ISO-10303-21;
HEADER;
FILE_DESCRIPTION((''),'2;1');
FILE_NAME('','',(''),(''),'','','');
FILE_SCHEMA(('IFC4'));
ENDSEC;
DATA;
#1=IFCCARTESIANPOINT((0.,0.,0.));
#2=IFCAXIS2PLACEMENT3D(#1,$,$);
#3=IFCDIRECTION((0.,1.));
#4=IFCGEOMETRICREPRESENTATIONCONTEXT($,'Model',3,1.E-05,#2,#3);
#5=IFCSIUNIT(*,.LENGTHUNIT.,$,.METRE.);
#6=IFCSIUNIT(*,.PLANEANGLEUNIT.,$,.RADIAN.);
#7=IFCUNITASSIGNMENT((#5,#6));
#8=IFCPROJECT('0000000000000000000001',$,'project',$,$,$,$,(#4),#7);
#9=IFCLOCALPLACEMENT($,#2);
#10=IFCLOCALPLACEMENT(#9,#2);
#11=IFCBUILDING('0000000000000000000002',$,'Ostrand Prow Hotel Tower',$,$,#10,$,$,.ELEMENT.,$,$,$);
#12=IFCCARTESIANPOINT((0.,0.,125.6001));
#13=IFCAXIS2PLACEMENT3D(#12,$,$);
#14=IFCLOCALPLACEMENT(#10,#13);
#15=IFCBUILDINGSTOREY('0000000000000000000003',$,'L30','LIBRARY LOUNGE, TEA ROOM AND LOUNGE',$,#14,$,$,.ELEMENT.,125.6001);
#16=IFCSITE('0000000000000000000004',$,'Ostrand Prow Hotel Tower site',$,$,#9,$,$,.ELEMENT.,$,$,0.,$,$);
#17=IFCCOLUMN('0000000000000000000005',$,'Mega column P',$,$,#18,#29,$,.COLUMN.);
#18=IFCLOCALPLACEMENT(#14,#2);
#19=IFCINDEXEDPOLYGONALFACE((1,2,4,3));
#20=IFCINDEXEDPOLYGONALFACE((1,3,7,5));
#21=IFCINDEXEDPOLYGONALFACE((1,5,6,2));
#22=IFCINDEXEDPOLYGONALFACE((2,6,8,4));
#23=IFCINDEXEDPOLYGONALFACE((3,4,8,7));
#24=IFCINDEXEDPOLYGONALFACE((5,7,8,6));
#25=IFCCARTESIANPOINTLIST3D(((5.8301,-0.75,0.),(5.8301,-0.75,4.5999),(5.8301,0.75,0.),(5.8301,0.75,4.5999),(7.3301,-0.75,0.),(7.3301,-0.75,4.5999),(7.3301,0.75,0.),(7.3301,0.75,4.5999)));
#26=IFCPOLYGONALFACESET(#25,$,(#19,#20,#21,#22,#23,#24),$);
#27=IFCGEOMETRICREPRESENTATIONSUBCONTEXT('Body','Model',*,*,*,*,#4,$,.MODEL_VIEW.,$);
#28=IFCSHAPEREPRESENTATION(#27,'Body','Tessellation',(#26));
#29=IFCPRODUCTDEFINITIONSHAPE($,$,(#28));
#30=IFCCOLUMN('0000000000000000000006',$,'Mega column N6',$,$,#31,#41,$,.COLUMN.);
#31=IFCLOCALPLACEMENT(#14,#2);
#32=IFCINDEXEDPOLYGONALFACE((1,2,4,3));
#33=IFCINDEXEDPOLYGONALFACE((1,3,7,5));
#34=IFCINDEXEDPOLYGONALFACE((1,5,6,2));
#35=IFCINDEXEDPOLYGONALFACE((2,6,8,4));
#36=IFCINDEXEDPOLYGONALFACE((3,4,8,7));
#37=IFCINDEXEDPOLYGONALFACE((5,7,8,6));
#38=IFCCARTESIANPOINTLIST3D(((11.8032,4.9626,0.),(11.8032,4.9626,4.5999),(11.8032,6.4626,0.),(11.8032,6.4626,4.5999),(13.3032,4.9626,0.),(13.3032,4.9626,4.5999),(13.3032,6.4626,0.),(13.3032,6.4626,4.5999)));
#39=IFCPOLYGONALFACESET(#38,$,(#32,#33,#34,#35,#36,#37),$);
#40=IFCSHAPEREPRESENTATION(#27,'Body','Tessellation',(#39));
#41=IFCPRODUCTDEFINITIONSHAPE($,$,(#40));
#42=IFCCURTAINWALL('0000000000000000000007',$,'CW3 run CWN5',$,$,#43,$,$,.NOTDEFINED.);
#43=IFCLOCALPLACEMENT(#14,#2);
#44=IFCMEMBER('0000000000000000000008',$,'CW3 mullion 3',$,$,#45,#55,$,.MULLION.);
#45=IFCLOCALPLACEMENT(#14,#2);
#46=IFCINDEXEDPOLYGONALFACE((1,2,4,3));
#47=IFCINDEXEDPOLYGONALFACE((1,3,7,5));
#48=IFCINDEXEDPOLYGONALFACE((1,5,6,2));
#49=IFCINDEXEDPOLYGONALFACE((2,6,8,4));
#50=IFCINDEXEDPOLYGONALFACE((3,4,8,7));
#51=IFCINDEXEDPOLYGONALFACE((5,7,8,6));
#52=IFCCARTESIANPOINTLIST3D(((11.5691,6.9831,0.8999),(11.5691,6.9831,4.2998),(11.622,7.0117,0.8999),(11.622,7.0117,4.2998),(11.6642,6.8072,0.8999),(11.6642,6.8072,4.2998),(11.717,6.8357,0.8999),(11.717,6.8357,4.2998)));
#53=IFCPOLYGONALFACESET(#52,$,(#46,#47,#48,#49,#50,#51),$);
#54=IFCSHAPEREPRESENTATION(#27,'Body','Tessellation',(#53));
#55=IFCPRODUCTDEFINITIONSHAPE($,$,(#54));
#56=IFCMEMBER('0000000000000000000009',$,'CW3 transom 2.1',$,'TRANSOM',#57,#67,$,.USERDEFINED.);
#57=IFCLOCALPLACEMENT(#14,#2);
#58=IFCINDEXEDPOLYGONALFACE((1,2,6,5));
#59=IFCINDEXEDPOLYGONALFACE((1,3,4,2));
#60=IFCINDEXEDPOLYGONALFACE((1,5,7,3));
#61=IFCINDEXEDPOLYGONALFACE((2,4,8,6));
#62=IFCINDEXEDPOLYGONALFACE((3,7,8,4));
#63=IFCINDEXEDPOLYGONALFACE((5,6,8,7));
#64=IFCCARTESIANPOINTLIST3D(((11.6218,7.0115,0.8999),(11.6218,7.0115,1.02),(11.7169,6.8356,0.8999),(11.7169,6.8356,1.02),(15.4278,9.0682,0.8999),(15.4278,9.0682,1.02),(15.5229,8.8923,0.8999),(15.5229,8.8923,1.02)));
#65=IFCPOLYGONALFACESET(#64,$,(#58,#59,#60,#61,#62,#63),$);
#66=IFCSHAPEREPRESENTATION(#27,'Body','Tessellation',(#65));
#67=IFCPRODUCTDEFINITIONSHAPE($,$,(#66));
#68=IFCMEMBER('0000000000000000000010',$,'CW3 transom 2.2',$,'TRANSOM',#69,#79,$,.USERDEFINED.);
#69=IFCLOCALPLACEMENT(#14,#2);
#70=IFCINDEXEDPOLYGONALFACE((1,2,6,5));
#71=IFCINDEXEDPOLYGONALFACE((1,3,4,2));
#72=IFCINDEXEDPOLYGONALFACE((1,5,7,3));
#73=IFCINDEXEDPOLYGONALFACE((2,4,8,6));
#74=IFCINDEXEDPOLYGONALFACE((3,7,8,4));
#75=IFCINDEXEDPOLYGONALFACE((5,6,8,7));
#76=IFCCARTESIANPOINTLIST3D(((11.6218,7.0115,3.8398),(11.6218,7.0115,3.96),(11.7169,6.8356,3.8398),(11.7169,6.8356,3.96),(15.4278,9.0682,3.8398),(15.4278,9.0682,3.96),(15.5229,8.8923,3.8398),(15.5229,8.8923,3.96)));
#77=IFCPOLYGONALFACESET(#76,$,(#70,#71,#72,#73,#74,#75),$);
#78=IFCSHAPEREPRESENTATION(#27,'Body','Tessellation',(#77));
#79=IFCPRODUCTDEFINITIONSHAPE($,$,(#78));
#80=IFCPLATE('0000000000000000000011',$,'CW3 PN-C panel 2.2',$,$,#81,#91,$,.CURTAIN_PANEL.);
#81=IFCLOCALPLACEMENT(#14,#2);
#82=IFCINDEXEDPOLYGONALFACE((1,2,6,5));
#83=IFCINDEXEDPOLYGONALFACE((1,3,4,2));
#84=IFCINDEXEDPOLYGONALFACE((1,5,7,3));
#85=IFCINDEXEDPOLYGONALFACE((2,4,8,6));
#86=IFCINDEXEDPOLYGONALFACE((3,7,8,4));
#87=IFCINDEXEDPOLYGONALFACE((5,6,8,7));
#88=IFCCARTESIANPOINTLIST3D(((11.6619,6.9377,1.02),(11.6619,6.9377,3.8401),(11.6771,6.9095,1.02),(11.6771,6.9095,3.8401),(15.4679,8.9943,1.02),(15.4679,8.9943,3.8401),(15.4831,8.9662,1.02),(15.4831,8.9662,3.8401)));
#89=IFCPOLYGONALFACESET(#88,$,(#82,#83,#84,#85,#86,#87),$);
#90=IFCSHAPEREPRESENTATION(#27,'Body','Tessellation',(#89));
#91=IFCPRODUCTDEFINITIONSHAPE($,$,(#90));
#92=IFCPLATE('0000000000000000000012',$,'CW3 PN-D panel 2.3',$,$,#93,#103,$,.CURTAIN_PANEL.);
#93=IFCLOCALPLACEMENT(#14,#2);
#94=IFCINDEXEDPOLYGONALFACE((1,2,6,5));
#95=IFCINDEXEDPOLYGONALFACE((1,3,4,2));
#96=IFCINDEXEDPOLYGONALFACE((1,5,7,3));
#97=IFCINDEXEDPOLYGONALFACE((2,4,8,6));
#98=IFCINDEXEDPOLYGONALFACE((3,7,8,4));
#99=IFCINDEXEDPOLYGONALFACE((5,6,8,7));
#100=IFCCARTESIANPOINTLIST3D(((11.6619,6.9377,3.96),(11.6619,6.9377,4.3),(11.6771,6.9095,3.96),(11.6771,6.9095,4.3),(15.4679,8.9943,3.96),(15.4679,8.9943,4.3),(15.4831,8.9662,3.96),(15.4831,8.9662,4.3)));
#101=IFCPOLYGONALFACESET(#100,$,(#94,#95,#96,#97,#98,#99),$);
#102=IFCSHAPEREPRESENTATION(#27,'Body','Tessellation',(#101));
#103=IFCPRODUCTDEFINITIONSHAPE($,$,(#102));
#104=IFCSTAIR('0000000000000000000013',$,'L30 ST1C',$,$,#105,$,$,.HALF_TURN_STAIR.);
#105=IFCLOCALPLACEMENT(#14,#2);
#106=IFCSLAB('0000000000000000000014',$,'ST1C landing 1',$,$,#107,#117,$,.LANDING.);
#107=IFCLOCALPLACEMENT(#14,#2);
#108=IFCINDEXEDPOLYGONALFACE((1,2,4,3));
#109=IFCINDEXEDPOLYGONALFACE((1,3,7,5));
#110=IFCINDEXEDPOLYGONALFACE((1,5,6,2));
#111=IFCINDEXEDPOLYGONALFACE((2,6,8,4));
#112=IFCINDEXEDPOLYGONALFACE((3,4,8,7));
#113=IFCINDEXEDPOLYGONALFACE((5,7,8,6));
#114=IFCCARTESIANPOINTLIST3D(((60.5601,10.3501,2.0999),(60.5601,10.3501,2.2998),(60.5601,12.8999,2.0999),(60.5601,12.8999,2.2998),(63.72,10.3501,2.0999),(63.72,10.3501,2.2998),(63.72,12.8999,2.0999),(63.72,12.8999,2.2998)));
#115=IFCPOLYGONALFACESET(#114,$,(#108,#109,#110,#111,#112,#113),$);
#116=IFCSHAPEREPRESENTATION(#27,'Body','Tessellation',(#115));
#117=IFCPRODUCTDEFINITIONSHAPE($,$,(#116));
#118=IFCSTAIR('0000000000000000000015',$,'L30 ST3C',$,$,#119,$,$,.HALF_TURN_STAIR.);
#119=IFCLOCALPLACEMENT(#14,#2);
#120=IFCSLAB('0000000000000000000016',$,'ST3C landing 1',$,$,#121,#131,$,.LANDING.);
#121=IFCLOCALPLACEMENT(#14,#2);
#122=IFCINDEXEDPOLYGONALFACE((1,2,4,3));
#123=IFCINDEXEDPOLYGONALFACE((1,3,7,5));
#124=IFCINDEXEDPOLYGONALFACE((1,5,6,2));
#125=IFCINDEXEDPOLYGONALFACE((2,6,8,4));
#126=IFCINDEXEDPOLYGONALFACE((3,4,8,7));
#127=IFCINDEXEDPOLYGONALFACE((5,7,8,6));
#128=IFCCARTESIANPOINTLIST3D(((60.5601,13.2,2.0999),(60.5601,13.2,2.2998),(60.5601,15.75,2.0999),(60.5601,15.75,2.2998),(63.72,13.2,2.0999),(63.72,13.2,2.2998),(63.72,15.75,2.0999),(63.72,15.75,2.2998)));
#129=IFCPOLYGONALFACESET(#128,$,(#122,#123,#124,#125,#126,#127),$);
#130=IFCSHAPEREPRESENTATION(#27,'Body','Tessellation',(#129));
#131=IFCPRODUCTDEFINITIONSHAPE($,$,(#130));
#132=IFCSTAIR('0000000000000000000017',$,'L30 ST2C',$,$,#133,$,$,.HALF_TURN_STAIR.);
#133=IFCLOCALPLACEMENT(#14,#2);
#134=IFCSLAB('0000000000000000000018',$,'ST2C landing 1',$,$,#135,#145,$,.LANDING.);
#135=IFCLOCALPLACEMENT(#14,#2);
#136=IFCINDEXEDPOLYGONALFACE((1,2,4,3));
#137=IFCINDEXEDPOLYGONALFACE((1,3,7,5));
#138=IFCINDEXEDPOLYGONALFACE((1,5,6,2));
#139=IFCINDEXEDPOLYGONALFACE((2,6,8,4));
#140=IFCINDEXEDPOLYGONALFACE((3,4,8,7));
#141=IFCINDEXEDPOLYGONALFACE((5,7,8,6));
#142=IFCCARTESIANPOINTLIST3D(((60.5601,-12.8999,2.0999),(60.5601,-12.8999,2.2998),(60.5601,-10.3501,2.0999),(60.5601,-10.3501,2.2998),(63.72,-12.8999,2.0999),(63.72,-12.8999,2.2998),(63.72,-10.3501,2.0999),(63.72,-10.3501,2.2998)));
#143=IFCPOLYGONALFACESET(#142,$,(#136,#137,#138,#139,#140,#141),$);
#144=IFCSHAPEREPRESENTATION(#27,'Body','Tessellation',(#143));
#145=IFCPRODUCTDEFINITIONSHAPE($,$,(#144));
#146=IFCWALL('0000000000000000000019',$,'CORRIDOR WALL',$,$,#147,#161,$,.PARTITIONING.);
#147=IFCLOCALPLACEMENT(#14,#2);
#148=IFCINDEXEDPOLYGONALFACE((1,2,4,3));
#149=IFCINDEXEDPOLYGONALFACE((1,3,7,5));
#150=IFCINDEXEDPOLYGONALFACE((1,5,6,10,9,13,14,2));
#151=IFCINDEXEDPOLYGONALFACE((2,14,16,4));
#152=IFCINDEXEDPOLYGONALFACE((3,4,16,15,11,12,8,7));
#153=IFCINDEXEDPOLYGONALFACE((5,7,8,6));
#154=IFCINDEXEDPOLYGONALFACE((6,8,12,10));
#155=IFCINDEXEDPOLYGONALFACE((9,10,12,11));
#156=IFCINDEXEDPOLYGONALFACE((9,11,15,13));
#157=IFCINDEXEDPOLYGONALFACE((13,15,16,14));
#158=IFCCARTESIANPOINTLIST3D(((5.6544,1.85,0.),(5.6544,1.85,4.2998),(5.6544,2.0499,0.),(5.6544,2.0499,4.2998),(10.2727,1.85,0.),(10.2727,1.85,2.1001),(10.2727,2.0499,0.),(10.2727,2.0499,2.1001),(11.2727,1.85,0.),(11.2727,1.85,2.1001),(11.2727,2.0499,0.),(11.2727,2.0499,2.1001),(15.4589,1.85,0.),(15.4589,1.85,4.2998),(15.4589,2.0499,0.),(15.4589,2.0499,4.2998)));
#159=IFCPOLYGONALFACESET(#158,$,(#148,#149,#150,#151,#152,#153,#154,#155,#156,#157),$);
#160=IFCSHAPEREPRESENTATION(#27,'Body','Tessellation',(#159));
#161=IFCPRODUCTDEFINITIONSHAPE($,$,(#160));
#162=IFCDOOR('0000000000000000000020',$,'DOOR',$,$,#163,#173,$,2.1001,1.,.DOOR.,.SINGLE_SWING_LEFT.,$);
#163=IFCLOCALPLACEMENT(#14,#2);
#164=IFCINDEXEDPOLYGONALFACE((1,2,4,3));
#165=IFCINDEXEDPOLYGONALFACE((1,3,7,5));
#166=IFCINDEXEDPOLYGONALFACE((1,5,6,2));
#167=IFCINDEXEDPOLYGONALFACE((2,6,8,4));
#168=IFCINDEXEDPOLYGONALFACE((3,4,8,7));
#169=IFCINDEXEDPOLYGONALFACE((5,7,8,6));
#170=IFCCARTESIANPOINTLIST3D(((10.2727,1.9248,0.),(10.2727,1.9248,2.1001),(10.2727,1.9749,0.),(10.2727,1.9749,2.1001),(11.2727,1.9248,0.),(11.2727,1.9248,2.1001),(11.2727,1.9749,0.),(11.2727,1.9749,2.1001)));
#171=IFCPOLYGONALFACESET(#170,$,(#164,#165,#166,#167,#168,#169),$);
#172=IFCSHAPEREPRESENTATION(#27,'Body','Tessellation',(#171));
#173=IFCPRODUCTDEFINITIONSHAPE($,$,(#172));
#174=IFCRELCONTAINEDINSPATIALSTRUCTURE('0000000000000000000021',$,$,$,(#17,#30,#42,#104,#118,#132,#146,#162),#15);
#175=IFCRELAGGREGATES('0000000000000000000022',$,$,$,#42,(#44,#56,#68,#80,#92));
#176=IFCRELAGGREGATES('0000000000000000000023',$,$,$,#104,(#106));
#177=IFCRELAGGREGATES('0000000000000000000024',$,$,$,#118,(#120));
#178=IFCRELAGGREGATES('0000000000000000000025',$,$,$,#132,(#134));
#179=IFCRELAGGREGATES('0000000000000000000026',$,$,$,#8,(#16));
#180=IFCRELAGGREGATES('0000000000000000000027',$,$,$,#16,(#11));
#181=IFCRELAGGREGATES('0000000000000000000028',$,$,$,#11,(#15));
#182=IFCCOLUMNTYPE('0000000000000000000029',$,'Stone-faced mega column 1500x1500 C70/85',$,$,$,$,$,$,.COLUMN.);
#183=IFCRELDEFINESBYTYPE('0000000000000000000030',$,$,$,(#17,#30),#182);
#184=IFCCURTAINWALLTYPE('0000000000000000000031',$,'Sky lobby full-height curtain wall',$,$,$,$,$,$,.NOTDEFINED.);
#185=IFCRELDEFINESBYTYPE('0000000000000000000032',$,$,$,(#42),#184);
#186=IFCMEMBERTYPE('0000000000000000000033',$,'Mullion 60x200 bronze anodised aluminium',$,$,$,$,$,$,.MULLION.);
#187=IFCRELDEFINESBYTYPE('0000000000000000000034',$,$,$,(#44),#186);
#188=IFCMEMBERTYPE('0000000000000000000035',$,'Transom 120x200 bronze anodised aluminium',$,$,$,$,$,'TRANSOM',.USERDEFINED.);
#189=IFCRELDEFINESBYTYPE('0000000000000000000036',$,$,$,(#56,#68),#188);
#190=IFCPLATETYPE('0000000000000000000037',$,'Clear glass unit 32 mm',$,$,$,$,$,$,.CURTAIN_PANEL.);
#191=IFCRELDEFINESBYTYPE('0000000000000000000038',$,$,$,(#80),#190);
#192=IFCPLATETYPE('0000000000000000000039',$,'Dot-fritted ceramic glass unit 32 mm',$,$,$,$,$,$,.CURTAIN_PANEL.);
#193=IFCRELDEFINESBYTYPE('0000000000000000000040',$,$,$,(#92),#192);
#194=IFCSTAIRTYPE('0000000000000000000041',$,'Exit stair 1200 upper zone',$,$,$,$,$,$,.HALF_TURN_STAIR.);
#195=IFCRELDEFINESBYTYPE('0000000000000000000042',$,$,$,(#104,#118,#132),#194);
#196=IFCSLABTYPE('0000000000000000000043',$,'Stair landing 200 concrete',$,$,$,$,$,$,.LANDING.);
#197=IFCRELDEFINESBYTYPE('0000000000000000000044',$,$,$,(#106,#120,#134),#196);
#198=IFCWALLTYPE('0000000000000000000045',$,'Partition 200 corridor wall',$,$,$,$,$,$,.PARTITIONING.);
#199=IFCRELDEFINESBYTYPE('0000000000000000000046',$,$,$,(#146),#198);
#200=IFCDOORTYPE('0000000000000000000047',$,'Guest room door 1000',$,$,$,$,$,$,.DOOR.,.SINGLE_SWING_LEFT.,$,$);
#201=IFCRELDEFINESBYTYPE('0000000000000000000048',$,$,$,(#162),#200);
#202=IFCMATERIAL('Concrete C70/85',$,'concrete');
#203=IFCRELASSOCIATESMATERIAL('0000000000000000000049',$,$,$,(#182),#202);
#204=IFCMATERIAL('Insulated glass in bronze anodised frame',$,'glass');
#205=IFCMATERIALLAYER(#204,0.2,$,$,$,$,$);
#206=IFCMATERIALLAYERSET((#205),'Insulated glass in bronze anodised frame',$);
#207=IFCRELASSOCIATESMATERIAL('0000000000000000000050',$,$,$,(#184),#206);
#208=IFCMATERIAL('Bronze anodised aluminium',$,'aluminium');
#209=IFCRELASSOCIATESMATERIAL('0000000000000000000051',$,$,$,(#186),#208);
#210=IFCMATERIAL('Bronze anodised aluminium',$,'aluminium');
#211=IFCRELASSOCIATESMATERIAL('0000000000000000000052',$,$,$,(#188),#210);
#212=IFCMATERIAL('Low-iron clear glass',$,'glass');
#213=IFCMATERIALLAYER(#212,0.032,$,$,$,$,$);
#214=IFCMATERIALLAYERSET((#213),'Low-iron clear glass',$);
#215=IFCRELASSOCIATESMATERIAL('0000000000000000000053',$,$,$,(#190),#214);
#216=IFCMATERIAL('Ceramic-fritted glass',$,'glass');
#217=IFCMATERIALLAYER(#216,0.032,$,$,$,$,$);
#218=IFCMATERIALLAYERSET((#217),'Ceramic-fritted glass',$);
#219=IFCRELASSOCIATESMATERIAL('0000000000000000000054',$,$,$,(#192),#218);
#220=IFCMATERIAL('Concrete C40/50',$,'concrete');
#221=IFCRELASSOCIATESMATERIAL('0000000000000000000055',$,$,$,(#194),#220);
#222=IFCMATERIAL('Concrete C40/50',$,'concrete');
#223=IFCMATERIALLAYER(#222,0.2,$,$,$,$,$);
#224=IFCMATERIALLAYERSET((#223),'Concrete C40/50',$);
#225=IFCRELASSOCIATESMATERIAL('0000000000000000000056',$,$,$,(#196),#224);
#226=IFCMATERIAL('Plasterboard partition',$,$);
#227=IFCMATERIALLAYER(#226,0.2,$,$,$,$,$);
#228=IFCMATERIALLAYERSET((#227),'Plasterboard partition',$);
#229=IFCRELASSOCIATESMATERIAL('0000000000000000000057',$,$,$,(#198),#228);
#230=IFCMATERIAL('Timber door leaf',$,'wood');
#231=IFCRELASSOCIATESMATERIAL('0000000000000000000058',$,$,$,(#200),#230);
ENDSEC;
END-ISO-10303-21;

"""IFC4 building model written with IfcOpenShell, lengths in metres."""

from ifc_helpers import new_model, si_unit, direction, frame, frame_2d, origin, origin_2d, place, context, subcontext, project, spatial, polyline, rectangle, outline, extrude, material, layer, layer_set, material_profile, profile_set, type_object, element, fill, aggregate, save


model = new_model("IFC4")

# Units and contexts
model_context = context("Model", 3, precision=1e-05, world=origin(), true_north=direction((0.0, 1.0)))
body_context = subcontext(model_context, "Body", "Model", "MODEL_VIEW")
ifc_project = project(units=[si_unit("LENGTHUNIT", "METRE"), si_unit("PLANEANGLEUNIT", "RADIAN")], contexts=[model_context])

# Site, building, storey
site_placement = place(None, origin())
site = spatial("IfcSite", under=ifc_project, at=site_placement, Name="Ostrand Prow Hotel Tower site", CompositionType="ELEMENT", RefElevation=0.0)
building_placement = place(site_placement, origin())
building = spatial("IfcBuilding", under=site, at=building_placement, Name="Ostrand Prow Hotel Tower", CompositionType="ELEMENT")
storey_placement = place(building_placement, frame((0.0, 0.0, 125.6001)))
storey = spatial("IfcBuildingStorey", under=building, at=storey_placement, Name="L30", Description="LIBRARY LOUNGE, TEA ROOM AND LOUNGE", CompositionType="ELEMENT", Elevation=125.6001)

# Columns
ifc_material_1 = material(Name="Concrete C70/85", Category="concrete")
ifc_material_profile_1 = material_profile(ifc_material_1, rectangle(XDim=1.5, YDim=1.5, at=origin_2d()), Name="RC 1500x1500")
ifc_profile_set_1 = profile_set([ifc_material_profile_1], Name="Concrete C70/85")
column_type = type_object("IfcColumnType", Name="Stone-faced mega column 1500x1500 C70/85", PredefinedType="COLUMN", material=ifc_profile_set_1)
for number, where, z_axis, x_axis, name in (
    (1, (6.5801, 0.0, 0.0), (0.0, 0.0, 1.0), (1.0, 0.0, 0.0), "Mega column P"),
    (2, (12.5532, 5.7126, 0.0), (0.0, 0.0, 1.0), (1.0, 0.0, 0.0), "Mega column N6"),
):
    element("IfcColumn", number, at=place(storey_placement, frame(where, z_axis=z_axis, x_axis=x_axis)), inside=storey, type_object=column_type, Name=name, PredefinedType="COLUMN", context=body_context, shape_type="SweptSolid", body=[
        extrude(rectangle(XDim=1.5, YDim=1.5, at=origin_2d()), origin(), (0.0, 0.0, 1.0), 4.5999),
    ])

# Curtain wall, members, plates
ifc_material_2 = material(Name="Insulated glass in bronze anodised frame", Category="glass")
ifc_layer_1 = layer(ifc_material_2, 0.2)
ifc_layer_set_1 = layer_set([ifc_layer_1], Name="Insulated glass in bronze anodised frame")
curtain_wall_type = type_object("IfcCurtainWallType", Name="Sky lobby full-height curtain wall", PredefinedType="NOTDEFINED", material=ifc_layer_set_1)
curtain_wall_placement = place(storey_placement, origin())
curtain_wall = element("IfcCurtainWall", 3, at=curtain_wall_placement, inside=storey, type_object=curtain_wall_type, Name="CW3 run CWN5", PredefinedType="NOTDEFINED")
ifc_material_3 = material(Name="Bronze anodised aluminium", Category="aluminium")
ifc_material_profile_2 = material_profile(ifc_material_3, rectangle(XDim=0.2, YDim=0.0601, at=origin_2d()), Name="Mullion 60x200 bronze anodised aluminium")
ifc_profile_set_2 = profile_set([ifc_material_profile_2], Name="Bronze anodised aluminium")
member_type_1 = type_object("IfcMemberType", Name="Mullion 60x200 bronze anodised aluminium", PredefinedType="MULLION", material=ifc_profile_set_2)
member_1_placement = place(storey_placement, frame((11.6431, 6.9094, 0.8999), z_axis=(0.0, 0.0, 1.0), x_axis=(0.475394, -0.879773, 0.0)))
member_1 = element("IfcMember", 4, at=member_1_placement, type_object=member_type_1, Name="CW3 mullion 3", PredefinedType="MULLION", context=body_context, shape_type="SweptSolid", body=[
    extrude(rectangle(XDim=0.2, YDim=0.0601, at=origin_2d()), origin(), (0.0, 0.0, 1.0), 3.3999),
])
ifc_material_4 = material(Name="Bronze anodised aluminium", Category="aluminium")
ifc_material_profile_3 = material_profile(ifc_material_4, rectangle(XDim=0.2, YDim=0.1201, at=origin_2d()), Name="Transom 120x200 bronze anodised aluminium")
ifc_profile_set_3 = profile_set([ifc_material_profile_3], Name="Bronze anodised aluminium")
member_type_2 = type_object("IfcMemberType", Name="Transom 120x200 bronze anodised aluminium", ElementType="TRANSOM", PredefinedType="USERDEFINED", material=ifc_profile_set_3)
member_2_placement = place(storey_placement, frame((15.4753, 8.9802, 0.96), z_axis=(-0.879765, -0.475408, 0.0), x_axis=(0.475408, -0.879765, 0.0)))
member_2 = element("IfcMember", 5, at=member_2_placement, type_object=member_type_2, Name="CW3 transom 2.1", ObjectType="TRANSOM", PredefinedType="USERDEFINED", context=body_context, shape_type="SweptSolid", body=[
    extrude(rectangle(XDim=0.2, YDim=0.1201, at=origin_2d()), origin(), (0.0, 0.0, 1.0), 4.3262),
])
member_3_placement = place(storey_placement, frame((15.4753, 8.9802, 3.8999), z_axis=(-0.879765, -0.475408, 0.0), x_axis=(0.475408, -0.879765, 0.0)))
member_3 = element("IfcMember", 6, at=member_3_placement, type_object=member_type_2, Name="CW3 transom 2.2", ObjectType="TRANSOM", PredefinedType="USERDEFINED", context=body_context, shape_type="SweptSolid", body=[
    extrude(rectangle(XDim=0.2, YDim=0.1201, at=origin_2d()), origin(), (0.0, 0.0, 1.0), 4.3262),
])
ifc_material_5 = material(Name="Low-iron clear glass", Category="glass")
ifc_layer_2 = layer(ifc_material_5, 0.032)
ifc_layer_set_2 = layer_set([ifc_layer_2], Name="Low-iron clear glass")
plate_type_1 = type_object("IfcPlateType", Name="Clear glass unit 32 mm", PredefinedType="CURTAIN_PANEL", material=ifc_layer_set_2)
plate_1_placement = place(storey_placement, frame((13.5725, 7.9519, 1.02), z_axis=(0.0, 0.0, 1.0), x_axis=(-0.879773, -0.475394, 0.0)))
plate_1 = element("IfcPlate", 7, at=plate_1_placement, type_object=plate_type_1, Name="CW3 PN-C panel 2.2", PredefinedType="CURTAIN_PANEL", context=body_context, shape_type="SweptSolid", body=[
    extrude(rectangle(XDim=4.3262, YDim=0.032, at=origin_2d()), origin(), (0.0, 0.0, 1.0), 2.8201),
])
ifc_material_6 = material(Name="Ceramic-fritted glass", Category="glass")
ifc_layer_3 = layer(ifc_material_6, 0.032)
ifc_layer_set_3 = layer_set([ifc_layer_3], Name="Ceramic-fritted glass")
plate_type_2 = type_object("IfcPlateType", Name="Dot-fritted ceramic glass unit 32 mm", PredefinedType="CURTAIN_PANEL", material=ifc_layer_set_3)
plate_2_placement = place(storey_placement, frame((13.5725, 7.9519, 3.96), z_axis=(0.0, 0.0, 1.0), x_axis=(-0.879773, -0.475394, 0.0)))
plate_2 = element("IfcPlate", 8, at=plate_2_placement, type_object=plate_type_2, Name="CW3 PN-D panel 2.3", PredefinedType="CURTAIN_PANEL", context=body_context, shape_type="SweptSolid", body=[
    extrude(rectangle(XDim=4.3262, YDim=0.032, at=origin_2d()), origin(), (0.0, 0.0, 1.0), 0.3401),
])
aggregate(curtain_wall, [member_1, member_2, member_3, plate_1, plate_2])

# Stairs, slabs
ifc_material_7 = material(Name="Concrete C40/50", Category="concrete")
stair_type = type_object("IfcStairType", Name="Exit stair 1200 upper zone", PredefinedType="HALF_TURN_STAIR", material=ifc_material_7)
stair_1_placement = place(storey_placement, origin())
stair_1 = element("IfcStair", 9, at=stair_1_placement, inside=storey, type_object=stair_type, Name="L30 ST1C", PredefinedType="HALF_TURN_STAIR")
ifc_material_8 = material(Name="Concrete C40/50", Category="concrete")
ifc_layer_4 = layer(ifc_material_8, 0.2)
ifc_layer_set_4 = layer_set([ifc_layer_4], Name="Concrete C40/50")
slab_type = type_object("IfcSlabType", Name="Stair landing 200 concrete", PredefinedType="LANDING", material=ifc_layer_set_4)
slab_1_placement = place(storey_placement, frame((0.0, 0.0, 2.0999)))
slab_1 = element("IfcSlab", 10, at=slab_1_placement, type_object=slab_type, Name="ST1C landing 1", PredefinedType="LANDING", context=body_context, shape_type="SweptSolid", body=[
    extrude(outline(polyline([(60.5601, 10.3501), (63.72, 10.3501), (63.72, 12.8999), (60.5601, 12.8999), (60.5601, 10.3501)])), origin(), (0.0, 0.0, 1.0), 0.2),
])
aggregate(stair_1, [slab_1])
stair_2_placement = place(storey_placement, origin())
stair_2 = element("IfcStair", 11, at=stair_2_placement, inside=storey, type_object=stair_type, Name="L30 ST3C", PredefinedType="HALF_TURN_STAIR")
slab_2_placement = place(storey_placement, frame((0.0, 0.0, 2.0999)))
slab_2 = element("IfcSlab", 12, at=slab_2_placement, type_object=slab_type, Name="ST3C landing 1", PredefinedType="LANDING", context=body_context, shape_type="SweptSolid", body=[
    extrude(outline(polyline([(60.5601, 13.2), (63.72, 13.2), (63.72, 15.75), (60.5601, 15.75), (60.5601, 13.2)])), origin(), (0.0, 0.0, 1.0), 0.2),
])
aggregate(stair_2, [slab_2])
stair_3_placement = place(storey_placement, origin())
stair_3 = element("IfcStair", 13, at=stair_3_placement, inside=storey, type_object=stair_type, Name="L30 ST2C", PredefinedType="HALF_TURN_STAIR")
slab_3_placement = place(storey_placement, frame((0.0, 0.0, 2.0999)))
slab_3 = element("IfcSlab", 14, at=slab_3_placement, type_object=slab_type, Name="ST2C landing 1", PredefinedType="LANDING", context=body_context, shape_type="SweptSolid", body=[
    extrude(outline(polyline([(60.5601, -12.8999), (63.72, -12.8999), (63.72, -10.3501), (60.5601, -10.3501), (60.5601, -12.8999)])), origin(), (0.0, 0.0, 1.0), 0.2),
])
aggregate(stair_3, [slab_3])

# Wall, opening, door
ifc_material_9 = material(Name="Plasterboard partition")
ifc_layer_5 = layer(ifc_material_9, 0.2)
ifc_layer_set_5 = layer_set([ifc_layer_5], Name="Plasterboard partition")
wall_type_1 = type_object("IfcWallType", Name="Partition 200 corridor wall", PredefinedType="PARTITIONING", material=ifc_layer_set_5)
wall_1_placement = place(storey_placement, frame((5.6543, 1.95, 0.0), z_axis=(0.0, 0.0, 1.0), x_axis=(1.0, 0.0, 0.0)))
wall_1 = element("IfcWall", 15, at=wall_1_placement, inside=storey, type_object=wall_type_1, Name="CORRIDOR WALL", PredefinedType="PARTITIONING", context=body_context, shape_type="SweptSolid", body=[
    extrude(rectangle(XDim=9.8044, YDim=0.2, at=frame_2d((4.9023, 0.0))), origin(), (0.0, 0.0, 1.0), 4.2998),
])
opening_1_placement = place(wall_1_placement, frame((4.6184, 0.0, 0.0)))
opening_1 = element("IfcOpeningElement", 16, at=opening_1_placement, cuts=wall_1, PredefinedType="OPENING", context=body_context, shape_type="SweptSolid", body=[
    extrude(rectangle(XDim=1.0, YDim=2.1001, at=frame_2d((0.5, 1.05))), frame((0.0, 0.1099, 0.0), z_axis=(0.0, -1.0, 0.0), x_axis=(1.0, 0.0, 0.0)), (0.0, 0.0, 1.0), 0.22),
])
ifc_material_10 = material(Name="Timber door leaf", Category="wood")
door_type = type_object("IfcDoorType", Name="Guest room door 1000", OperationType="SINGLE_SWING_LEFT", PredefinedType="DOOR", material=ifc_material_10)
door_placement = place(opening_1_placement, origin())
door = element("IfcDoor", 17, at=door_placement, inside=storey, type_object=door_type, Name="DOOR", OperationType="SINGLE_SWING_LEFT", OverallHeight=2.1001, OverallWidth=1.0, PredefinedType="DOOR", context=body_context, shape_type="SweptSolid", body=[
    extrude(rectangle(XDim=1.0, YDim=2.1001, at=frame_2d((0.5, 1.05))), frame((0.0, 0.0249, 0.0), z_axis=(0.0, -1.0, 0.0), x_axis=(1.0, 0.0, 0.0)), (0.0, 0.0, 1.0), 0.05),
])
fill(opening_1, door)

save(model, "model.ifc")
